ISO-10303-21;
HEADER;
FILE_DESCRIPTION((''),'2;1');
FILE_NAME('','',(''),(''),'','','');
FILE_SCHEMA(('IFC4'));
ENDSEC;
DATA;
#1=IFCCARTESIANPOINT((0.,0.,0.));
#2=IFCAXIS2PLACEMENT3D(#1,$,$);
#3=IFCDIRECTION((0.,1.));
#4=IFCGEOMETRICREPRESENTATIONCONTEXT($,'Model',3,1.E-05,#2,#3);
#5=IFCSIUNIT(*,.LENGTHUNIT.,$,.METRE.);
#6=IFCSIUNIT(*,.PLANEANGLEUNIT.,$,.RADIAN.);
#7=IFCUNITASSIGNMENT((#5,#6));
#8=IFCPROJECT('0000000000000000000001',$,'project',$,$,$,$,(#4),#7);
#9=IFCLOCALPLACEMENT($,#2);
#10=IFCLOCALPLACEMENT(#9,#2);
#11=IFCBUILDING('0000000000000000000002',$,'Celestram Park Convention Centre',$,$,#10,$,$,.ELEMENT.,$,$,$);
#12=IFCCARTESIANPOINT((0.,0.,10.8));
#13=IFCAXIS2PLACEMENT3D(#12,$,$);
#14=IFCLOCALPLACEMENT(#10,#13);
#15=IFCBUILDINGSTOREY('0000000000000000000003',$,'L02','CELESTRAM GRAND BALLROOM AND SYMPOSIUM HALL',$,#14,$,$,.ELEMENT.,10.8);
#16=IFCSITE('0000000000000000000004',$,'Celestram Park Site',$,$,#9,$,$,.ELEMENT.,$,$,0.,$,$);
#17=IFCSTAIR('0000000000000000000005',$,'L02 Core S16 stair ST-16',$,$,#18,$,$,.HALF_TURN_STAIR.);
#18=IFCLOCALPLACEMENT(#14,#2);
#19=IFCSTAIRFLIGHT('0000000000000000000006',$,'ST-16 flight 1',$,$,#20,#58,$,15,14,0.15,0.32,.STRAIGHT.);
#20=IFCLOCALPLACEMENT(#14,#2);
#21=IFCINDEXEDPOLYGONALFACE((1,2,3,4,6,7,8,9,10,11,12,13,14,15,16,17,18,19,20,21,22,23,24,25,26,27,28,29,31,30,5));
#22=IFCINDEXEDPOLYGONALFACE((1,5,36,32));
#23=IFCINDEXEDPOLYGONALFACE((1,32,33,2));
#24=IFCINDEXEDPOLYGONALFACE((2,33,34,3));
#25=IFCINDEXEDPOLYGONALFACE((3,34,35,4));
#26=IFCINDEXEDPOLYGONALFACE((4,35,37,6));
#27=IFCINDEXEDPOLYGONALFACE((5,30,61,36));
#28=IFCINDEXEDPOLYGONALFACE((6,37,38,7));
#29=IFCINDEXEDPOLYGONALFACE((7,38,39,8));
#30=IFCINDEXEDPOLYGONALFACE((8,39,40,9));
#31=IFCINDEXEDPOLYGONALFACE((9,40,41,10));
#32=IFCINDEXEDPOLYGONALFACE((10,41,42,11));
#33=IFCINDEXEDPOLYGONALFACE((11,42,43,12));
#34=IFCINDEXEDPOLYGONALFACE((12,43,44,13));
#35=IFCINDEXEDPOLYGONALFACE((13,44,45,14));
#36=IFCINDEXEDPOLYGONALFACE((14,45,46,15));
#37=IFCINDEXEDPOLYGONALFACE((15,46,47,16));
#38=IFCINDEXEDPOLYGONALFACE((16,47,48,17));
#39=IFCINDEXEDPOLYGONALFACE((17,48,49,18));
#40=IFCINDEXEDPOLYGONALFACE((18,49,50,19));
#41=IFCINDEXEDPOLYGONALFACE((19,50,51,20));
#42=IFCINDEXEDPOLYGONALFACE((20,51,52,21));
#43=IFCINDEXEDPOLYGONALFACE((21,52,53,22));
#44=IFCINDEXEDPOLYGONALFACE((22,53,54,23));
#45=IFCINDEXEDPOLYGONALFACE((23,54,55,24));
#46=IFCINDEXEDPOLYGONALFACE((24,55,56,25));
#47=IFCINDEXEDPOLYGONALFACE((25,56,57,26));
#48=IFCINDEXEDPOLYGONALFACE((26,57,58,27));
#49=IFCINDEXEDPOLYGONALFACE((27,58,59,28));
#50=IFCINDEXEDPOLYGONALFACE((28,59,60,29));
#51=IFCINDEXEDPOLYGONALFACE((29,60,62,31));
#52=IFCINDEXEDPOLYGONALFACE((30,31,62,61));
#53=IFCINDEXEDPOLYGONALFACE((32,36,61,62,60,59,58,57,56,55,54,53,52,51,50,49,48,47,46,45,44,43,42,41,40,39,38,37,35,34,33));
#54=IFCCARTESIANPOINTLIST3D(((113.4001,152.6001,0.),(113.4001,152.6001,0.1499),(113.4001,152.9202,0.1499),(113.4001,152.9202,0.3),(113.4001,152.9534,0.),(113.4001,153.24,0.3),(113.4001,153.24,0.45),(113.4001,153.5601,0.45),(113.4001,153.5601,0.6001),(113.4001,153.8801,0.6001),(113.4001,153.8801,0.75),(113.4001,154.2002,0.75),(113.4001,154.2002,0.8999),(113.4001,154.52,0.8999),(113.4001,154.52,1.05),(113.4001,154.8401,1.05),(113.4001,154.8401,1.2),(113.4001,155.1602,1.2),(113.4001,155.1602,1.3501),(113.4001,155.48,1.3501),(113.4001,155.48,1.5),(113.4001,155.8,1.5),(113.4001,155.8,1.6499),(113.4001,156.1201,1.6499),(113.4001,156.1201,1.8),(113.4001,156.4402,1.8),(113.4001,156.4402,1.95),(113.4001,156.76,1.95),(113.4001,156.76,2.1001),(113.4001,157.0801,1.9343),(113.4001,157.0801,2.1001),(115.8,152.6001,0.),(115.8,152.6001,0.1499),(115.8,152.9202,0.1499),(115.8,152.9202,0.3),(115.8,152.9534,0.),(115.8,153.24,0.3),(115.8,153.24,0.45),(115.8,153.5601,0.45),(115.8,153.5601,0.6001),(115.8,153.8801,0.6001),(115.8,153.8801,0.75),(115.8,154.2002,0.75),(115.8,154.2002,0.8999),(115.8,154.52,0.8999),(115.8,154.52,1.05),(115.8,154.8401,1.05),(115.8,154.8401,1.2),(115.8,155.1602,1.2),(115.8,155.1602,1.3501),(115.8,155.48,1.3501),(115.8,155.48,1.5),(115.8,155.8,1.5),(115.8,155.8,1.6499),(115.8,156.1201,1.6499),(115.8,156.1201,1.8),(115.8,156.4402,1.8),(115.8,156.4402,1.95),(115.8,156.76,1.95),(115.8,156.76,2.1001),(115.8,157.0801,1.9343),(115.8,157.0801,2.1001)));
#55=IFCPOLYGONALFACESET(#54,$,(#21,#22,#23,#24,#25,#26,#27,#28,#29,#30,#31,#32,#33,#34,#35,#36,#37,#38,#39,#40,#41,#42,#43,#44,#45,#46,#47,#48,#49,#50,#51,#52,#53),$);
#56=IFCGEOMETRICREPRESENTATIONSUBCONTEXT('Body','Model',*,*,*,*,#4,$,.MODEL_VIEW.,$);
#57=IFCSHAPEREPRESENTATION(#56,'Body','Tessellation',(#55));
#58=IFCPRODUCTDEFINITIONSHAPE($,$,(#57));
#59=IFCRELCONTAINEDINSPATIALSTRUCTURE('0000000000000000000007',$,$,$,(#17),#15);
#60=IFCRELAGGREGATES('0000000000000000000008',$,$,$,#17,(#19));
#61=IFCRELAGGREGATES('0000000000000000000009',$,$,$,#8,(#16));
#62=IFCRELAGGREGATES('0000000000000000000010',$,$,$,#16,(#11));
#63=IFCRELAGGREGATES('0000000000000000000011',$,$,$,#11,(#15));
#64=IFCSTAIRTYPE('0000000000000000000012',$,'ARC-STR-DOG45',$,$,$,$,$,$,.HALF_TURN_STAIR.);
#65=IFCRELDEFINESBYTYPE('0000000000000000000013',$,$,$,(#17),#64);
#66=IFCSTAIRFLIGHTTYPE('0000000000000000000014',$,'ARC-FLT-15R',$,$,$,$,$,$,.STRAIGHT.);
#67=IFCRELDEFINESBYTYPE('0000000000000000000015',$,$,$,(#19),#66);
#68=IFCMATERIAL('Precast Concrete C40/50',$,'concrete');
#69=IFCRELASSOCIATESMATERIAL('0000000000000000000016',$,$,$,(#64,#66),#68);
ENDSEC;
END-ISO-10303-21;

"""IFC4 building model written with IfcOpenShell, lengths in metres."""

from ifc_helpers import new_model, si_unit, direction, frame, origin, place, context, subcontext, project, spatial, polyline, outline, extrude, material, type_object, element, aggregate, save


model = new_model("IFC4")

# Units and contexts
model_context = context("Model", 3, precision=1e-05, world=origin(), true_north=direction((0.0, 1.0)))
body_context = subcontext(model_context, "Body", "Model", "MODEL_VIEW")
ifc_project = project(units=[si_unit("LENGTHUNIT", "METRE"), si_unit("PLANEANGLEUNIT", "RADIAN")], contexts=[model_context])

# Site, building, storey
site_placement = place(None, origin())
site = spatial("IfcSite", under=ifc_project, at=site_placement, Name="Celestram Park Site", CompositionType="ELEMENT", RefElevation=0.0)
building_placement = place(site_placement, origin())
building = spatial("IfcBuilding", under=site, at=building_placement, Name="Celestram Park Convention Centre", CompositionType="ELEMENT")
storey_placement = place(building_placement, frame((0.0, 0.0, 10.8)))
storey = spatial("IfcBuildingStorey", under=building, at=storey_placement, Name="L02", Description="CELESTRAM GRAND BALLROOM AND SYMPOSIUM HALL", CompositionType="ELEMENT", Elevation=10.8)

# Stair, stair flight
ifc_material_1 = material(Name="Precast Concrete C40/50", Category="concrete")
stair_type = type_object("IfcStairType", Name="ARC-STR-DOG45", PredefinedType="HALF_TURN_STAIR", material=ifc_material_1)
stair_placement = place(storey_placement, origin())
stair = element("IfcStair", 1, at=stair_placement, inside=storey, type_object=stair_type, Name="L02 Core S16 stair ST-16", PredefinedType="HALF_TURN_STAIR")
stair_flight_type = type_object("IfcStairFlightType", Name="ARC-FLT-15R", PredefinedType="STRAIGHT", material=ifc_material_1)
stair_flight_placement = place(storey_placement, frame((114.6001, 152.6001, 0.0), z_axis=(0.0, 0.0, 1.0), x_axis=(0.0, 1.0, 0.0)))
stair_flight = element("IfcStairFlight", 2, at=stair_flight_placement, type_object=stair_flight_type, Name="ST-16 flight 1", NumberOfRisers=15, NumberOfTreads=14, PredefinedType="STRAIGHT", RiserHeight=0.15, TreadLength=0.32, context=body_context, shape_type="SweptSolid", body=[
    extrude(outline(polyline([(0.0, 0.0), (0.0, 0.1499), (0.3201, 0.1499), (0.3201, 0.3), (0.6399, 0.3), (0.6399, 0.45), (0.96, 0.45), (0.96, 0.6001), (1.28, 0.6001), (1.28, 0.75), (1.6001, 0.75), (1.6001, 0.8999), (1.9199, 0.8999), (1.9199, 1.05), (2.24, 1.05), (2.24, 1.2), (2.5601, 1.2), (2.5601, 1.3501), (2.8799, 1.3501), (2.8799, 1.5), (3.2, 1.5), (3.2, 1.6499), (3.52, 1.6499), (3.52, 1.8), (3.8401, 1.8), (3.8401, 1.95), (4.1599, 1.95), (4.1599, 2.1001), (4.48, 2.1001), (4.48, 2.25), (4.48, 1.9343), (0.3533, 0.0), (0.0, 0.0)])), frame((0.0, 1.2, 0.0), z_axis=(0.0, -1.0, 0.0), x_axis=(1.0, 0.0, 0.0)), (0.0, 0.0, 1.0), 2.3999),
])
aggregate(stair, [stair_flight])

save(model, "model.ifc")
